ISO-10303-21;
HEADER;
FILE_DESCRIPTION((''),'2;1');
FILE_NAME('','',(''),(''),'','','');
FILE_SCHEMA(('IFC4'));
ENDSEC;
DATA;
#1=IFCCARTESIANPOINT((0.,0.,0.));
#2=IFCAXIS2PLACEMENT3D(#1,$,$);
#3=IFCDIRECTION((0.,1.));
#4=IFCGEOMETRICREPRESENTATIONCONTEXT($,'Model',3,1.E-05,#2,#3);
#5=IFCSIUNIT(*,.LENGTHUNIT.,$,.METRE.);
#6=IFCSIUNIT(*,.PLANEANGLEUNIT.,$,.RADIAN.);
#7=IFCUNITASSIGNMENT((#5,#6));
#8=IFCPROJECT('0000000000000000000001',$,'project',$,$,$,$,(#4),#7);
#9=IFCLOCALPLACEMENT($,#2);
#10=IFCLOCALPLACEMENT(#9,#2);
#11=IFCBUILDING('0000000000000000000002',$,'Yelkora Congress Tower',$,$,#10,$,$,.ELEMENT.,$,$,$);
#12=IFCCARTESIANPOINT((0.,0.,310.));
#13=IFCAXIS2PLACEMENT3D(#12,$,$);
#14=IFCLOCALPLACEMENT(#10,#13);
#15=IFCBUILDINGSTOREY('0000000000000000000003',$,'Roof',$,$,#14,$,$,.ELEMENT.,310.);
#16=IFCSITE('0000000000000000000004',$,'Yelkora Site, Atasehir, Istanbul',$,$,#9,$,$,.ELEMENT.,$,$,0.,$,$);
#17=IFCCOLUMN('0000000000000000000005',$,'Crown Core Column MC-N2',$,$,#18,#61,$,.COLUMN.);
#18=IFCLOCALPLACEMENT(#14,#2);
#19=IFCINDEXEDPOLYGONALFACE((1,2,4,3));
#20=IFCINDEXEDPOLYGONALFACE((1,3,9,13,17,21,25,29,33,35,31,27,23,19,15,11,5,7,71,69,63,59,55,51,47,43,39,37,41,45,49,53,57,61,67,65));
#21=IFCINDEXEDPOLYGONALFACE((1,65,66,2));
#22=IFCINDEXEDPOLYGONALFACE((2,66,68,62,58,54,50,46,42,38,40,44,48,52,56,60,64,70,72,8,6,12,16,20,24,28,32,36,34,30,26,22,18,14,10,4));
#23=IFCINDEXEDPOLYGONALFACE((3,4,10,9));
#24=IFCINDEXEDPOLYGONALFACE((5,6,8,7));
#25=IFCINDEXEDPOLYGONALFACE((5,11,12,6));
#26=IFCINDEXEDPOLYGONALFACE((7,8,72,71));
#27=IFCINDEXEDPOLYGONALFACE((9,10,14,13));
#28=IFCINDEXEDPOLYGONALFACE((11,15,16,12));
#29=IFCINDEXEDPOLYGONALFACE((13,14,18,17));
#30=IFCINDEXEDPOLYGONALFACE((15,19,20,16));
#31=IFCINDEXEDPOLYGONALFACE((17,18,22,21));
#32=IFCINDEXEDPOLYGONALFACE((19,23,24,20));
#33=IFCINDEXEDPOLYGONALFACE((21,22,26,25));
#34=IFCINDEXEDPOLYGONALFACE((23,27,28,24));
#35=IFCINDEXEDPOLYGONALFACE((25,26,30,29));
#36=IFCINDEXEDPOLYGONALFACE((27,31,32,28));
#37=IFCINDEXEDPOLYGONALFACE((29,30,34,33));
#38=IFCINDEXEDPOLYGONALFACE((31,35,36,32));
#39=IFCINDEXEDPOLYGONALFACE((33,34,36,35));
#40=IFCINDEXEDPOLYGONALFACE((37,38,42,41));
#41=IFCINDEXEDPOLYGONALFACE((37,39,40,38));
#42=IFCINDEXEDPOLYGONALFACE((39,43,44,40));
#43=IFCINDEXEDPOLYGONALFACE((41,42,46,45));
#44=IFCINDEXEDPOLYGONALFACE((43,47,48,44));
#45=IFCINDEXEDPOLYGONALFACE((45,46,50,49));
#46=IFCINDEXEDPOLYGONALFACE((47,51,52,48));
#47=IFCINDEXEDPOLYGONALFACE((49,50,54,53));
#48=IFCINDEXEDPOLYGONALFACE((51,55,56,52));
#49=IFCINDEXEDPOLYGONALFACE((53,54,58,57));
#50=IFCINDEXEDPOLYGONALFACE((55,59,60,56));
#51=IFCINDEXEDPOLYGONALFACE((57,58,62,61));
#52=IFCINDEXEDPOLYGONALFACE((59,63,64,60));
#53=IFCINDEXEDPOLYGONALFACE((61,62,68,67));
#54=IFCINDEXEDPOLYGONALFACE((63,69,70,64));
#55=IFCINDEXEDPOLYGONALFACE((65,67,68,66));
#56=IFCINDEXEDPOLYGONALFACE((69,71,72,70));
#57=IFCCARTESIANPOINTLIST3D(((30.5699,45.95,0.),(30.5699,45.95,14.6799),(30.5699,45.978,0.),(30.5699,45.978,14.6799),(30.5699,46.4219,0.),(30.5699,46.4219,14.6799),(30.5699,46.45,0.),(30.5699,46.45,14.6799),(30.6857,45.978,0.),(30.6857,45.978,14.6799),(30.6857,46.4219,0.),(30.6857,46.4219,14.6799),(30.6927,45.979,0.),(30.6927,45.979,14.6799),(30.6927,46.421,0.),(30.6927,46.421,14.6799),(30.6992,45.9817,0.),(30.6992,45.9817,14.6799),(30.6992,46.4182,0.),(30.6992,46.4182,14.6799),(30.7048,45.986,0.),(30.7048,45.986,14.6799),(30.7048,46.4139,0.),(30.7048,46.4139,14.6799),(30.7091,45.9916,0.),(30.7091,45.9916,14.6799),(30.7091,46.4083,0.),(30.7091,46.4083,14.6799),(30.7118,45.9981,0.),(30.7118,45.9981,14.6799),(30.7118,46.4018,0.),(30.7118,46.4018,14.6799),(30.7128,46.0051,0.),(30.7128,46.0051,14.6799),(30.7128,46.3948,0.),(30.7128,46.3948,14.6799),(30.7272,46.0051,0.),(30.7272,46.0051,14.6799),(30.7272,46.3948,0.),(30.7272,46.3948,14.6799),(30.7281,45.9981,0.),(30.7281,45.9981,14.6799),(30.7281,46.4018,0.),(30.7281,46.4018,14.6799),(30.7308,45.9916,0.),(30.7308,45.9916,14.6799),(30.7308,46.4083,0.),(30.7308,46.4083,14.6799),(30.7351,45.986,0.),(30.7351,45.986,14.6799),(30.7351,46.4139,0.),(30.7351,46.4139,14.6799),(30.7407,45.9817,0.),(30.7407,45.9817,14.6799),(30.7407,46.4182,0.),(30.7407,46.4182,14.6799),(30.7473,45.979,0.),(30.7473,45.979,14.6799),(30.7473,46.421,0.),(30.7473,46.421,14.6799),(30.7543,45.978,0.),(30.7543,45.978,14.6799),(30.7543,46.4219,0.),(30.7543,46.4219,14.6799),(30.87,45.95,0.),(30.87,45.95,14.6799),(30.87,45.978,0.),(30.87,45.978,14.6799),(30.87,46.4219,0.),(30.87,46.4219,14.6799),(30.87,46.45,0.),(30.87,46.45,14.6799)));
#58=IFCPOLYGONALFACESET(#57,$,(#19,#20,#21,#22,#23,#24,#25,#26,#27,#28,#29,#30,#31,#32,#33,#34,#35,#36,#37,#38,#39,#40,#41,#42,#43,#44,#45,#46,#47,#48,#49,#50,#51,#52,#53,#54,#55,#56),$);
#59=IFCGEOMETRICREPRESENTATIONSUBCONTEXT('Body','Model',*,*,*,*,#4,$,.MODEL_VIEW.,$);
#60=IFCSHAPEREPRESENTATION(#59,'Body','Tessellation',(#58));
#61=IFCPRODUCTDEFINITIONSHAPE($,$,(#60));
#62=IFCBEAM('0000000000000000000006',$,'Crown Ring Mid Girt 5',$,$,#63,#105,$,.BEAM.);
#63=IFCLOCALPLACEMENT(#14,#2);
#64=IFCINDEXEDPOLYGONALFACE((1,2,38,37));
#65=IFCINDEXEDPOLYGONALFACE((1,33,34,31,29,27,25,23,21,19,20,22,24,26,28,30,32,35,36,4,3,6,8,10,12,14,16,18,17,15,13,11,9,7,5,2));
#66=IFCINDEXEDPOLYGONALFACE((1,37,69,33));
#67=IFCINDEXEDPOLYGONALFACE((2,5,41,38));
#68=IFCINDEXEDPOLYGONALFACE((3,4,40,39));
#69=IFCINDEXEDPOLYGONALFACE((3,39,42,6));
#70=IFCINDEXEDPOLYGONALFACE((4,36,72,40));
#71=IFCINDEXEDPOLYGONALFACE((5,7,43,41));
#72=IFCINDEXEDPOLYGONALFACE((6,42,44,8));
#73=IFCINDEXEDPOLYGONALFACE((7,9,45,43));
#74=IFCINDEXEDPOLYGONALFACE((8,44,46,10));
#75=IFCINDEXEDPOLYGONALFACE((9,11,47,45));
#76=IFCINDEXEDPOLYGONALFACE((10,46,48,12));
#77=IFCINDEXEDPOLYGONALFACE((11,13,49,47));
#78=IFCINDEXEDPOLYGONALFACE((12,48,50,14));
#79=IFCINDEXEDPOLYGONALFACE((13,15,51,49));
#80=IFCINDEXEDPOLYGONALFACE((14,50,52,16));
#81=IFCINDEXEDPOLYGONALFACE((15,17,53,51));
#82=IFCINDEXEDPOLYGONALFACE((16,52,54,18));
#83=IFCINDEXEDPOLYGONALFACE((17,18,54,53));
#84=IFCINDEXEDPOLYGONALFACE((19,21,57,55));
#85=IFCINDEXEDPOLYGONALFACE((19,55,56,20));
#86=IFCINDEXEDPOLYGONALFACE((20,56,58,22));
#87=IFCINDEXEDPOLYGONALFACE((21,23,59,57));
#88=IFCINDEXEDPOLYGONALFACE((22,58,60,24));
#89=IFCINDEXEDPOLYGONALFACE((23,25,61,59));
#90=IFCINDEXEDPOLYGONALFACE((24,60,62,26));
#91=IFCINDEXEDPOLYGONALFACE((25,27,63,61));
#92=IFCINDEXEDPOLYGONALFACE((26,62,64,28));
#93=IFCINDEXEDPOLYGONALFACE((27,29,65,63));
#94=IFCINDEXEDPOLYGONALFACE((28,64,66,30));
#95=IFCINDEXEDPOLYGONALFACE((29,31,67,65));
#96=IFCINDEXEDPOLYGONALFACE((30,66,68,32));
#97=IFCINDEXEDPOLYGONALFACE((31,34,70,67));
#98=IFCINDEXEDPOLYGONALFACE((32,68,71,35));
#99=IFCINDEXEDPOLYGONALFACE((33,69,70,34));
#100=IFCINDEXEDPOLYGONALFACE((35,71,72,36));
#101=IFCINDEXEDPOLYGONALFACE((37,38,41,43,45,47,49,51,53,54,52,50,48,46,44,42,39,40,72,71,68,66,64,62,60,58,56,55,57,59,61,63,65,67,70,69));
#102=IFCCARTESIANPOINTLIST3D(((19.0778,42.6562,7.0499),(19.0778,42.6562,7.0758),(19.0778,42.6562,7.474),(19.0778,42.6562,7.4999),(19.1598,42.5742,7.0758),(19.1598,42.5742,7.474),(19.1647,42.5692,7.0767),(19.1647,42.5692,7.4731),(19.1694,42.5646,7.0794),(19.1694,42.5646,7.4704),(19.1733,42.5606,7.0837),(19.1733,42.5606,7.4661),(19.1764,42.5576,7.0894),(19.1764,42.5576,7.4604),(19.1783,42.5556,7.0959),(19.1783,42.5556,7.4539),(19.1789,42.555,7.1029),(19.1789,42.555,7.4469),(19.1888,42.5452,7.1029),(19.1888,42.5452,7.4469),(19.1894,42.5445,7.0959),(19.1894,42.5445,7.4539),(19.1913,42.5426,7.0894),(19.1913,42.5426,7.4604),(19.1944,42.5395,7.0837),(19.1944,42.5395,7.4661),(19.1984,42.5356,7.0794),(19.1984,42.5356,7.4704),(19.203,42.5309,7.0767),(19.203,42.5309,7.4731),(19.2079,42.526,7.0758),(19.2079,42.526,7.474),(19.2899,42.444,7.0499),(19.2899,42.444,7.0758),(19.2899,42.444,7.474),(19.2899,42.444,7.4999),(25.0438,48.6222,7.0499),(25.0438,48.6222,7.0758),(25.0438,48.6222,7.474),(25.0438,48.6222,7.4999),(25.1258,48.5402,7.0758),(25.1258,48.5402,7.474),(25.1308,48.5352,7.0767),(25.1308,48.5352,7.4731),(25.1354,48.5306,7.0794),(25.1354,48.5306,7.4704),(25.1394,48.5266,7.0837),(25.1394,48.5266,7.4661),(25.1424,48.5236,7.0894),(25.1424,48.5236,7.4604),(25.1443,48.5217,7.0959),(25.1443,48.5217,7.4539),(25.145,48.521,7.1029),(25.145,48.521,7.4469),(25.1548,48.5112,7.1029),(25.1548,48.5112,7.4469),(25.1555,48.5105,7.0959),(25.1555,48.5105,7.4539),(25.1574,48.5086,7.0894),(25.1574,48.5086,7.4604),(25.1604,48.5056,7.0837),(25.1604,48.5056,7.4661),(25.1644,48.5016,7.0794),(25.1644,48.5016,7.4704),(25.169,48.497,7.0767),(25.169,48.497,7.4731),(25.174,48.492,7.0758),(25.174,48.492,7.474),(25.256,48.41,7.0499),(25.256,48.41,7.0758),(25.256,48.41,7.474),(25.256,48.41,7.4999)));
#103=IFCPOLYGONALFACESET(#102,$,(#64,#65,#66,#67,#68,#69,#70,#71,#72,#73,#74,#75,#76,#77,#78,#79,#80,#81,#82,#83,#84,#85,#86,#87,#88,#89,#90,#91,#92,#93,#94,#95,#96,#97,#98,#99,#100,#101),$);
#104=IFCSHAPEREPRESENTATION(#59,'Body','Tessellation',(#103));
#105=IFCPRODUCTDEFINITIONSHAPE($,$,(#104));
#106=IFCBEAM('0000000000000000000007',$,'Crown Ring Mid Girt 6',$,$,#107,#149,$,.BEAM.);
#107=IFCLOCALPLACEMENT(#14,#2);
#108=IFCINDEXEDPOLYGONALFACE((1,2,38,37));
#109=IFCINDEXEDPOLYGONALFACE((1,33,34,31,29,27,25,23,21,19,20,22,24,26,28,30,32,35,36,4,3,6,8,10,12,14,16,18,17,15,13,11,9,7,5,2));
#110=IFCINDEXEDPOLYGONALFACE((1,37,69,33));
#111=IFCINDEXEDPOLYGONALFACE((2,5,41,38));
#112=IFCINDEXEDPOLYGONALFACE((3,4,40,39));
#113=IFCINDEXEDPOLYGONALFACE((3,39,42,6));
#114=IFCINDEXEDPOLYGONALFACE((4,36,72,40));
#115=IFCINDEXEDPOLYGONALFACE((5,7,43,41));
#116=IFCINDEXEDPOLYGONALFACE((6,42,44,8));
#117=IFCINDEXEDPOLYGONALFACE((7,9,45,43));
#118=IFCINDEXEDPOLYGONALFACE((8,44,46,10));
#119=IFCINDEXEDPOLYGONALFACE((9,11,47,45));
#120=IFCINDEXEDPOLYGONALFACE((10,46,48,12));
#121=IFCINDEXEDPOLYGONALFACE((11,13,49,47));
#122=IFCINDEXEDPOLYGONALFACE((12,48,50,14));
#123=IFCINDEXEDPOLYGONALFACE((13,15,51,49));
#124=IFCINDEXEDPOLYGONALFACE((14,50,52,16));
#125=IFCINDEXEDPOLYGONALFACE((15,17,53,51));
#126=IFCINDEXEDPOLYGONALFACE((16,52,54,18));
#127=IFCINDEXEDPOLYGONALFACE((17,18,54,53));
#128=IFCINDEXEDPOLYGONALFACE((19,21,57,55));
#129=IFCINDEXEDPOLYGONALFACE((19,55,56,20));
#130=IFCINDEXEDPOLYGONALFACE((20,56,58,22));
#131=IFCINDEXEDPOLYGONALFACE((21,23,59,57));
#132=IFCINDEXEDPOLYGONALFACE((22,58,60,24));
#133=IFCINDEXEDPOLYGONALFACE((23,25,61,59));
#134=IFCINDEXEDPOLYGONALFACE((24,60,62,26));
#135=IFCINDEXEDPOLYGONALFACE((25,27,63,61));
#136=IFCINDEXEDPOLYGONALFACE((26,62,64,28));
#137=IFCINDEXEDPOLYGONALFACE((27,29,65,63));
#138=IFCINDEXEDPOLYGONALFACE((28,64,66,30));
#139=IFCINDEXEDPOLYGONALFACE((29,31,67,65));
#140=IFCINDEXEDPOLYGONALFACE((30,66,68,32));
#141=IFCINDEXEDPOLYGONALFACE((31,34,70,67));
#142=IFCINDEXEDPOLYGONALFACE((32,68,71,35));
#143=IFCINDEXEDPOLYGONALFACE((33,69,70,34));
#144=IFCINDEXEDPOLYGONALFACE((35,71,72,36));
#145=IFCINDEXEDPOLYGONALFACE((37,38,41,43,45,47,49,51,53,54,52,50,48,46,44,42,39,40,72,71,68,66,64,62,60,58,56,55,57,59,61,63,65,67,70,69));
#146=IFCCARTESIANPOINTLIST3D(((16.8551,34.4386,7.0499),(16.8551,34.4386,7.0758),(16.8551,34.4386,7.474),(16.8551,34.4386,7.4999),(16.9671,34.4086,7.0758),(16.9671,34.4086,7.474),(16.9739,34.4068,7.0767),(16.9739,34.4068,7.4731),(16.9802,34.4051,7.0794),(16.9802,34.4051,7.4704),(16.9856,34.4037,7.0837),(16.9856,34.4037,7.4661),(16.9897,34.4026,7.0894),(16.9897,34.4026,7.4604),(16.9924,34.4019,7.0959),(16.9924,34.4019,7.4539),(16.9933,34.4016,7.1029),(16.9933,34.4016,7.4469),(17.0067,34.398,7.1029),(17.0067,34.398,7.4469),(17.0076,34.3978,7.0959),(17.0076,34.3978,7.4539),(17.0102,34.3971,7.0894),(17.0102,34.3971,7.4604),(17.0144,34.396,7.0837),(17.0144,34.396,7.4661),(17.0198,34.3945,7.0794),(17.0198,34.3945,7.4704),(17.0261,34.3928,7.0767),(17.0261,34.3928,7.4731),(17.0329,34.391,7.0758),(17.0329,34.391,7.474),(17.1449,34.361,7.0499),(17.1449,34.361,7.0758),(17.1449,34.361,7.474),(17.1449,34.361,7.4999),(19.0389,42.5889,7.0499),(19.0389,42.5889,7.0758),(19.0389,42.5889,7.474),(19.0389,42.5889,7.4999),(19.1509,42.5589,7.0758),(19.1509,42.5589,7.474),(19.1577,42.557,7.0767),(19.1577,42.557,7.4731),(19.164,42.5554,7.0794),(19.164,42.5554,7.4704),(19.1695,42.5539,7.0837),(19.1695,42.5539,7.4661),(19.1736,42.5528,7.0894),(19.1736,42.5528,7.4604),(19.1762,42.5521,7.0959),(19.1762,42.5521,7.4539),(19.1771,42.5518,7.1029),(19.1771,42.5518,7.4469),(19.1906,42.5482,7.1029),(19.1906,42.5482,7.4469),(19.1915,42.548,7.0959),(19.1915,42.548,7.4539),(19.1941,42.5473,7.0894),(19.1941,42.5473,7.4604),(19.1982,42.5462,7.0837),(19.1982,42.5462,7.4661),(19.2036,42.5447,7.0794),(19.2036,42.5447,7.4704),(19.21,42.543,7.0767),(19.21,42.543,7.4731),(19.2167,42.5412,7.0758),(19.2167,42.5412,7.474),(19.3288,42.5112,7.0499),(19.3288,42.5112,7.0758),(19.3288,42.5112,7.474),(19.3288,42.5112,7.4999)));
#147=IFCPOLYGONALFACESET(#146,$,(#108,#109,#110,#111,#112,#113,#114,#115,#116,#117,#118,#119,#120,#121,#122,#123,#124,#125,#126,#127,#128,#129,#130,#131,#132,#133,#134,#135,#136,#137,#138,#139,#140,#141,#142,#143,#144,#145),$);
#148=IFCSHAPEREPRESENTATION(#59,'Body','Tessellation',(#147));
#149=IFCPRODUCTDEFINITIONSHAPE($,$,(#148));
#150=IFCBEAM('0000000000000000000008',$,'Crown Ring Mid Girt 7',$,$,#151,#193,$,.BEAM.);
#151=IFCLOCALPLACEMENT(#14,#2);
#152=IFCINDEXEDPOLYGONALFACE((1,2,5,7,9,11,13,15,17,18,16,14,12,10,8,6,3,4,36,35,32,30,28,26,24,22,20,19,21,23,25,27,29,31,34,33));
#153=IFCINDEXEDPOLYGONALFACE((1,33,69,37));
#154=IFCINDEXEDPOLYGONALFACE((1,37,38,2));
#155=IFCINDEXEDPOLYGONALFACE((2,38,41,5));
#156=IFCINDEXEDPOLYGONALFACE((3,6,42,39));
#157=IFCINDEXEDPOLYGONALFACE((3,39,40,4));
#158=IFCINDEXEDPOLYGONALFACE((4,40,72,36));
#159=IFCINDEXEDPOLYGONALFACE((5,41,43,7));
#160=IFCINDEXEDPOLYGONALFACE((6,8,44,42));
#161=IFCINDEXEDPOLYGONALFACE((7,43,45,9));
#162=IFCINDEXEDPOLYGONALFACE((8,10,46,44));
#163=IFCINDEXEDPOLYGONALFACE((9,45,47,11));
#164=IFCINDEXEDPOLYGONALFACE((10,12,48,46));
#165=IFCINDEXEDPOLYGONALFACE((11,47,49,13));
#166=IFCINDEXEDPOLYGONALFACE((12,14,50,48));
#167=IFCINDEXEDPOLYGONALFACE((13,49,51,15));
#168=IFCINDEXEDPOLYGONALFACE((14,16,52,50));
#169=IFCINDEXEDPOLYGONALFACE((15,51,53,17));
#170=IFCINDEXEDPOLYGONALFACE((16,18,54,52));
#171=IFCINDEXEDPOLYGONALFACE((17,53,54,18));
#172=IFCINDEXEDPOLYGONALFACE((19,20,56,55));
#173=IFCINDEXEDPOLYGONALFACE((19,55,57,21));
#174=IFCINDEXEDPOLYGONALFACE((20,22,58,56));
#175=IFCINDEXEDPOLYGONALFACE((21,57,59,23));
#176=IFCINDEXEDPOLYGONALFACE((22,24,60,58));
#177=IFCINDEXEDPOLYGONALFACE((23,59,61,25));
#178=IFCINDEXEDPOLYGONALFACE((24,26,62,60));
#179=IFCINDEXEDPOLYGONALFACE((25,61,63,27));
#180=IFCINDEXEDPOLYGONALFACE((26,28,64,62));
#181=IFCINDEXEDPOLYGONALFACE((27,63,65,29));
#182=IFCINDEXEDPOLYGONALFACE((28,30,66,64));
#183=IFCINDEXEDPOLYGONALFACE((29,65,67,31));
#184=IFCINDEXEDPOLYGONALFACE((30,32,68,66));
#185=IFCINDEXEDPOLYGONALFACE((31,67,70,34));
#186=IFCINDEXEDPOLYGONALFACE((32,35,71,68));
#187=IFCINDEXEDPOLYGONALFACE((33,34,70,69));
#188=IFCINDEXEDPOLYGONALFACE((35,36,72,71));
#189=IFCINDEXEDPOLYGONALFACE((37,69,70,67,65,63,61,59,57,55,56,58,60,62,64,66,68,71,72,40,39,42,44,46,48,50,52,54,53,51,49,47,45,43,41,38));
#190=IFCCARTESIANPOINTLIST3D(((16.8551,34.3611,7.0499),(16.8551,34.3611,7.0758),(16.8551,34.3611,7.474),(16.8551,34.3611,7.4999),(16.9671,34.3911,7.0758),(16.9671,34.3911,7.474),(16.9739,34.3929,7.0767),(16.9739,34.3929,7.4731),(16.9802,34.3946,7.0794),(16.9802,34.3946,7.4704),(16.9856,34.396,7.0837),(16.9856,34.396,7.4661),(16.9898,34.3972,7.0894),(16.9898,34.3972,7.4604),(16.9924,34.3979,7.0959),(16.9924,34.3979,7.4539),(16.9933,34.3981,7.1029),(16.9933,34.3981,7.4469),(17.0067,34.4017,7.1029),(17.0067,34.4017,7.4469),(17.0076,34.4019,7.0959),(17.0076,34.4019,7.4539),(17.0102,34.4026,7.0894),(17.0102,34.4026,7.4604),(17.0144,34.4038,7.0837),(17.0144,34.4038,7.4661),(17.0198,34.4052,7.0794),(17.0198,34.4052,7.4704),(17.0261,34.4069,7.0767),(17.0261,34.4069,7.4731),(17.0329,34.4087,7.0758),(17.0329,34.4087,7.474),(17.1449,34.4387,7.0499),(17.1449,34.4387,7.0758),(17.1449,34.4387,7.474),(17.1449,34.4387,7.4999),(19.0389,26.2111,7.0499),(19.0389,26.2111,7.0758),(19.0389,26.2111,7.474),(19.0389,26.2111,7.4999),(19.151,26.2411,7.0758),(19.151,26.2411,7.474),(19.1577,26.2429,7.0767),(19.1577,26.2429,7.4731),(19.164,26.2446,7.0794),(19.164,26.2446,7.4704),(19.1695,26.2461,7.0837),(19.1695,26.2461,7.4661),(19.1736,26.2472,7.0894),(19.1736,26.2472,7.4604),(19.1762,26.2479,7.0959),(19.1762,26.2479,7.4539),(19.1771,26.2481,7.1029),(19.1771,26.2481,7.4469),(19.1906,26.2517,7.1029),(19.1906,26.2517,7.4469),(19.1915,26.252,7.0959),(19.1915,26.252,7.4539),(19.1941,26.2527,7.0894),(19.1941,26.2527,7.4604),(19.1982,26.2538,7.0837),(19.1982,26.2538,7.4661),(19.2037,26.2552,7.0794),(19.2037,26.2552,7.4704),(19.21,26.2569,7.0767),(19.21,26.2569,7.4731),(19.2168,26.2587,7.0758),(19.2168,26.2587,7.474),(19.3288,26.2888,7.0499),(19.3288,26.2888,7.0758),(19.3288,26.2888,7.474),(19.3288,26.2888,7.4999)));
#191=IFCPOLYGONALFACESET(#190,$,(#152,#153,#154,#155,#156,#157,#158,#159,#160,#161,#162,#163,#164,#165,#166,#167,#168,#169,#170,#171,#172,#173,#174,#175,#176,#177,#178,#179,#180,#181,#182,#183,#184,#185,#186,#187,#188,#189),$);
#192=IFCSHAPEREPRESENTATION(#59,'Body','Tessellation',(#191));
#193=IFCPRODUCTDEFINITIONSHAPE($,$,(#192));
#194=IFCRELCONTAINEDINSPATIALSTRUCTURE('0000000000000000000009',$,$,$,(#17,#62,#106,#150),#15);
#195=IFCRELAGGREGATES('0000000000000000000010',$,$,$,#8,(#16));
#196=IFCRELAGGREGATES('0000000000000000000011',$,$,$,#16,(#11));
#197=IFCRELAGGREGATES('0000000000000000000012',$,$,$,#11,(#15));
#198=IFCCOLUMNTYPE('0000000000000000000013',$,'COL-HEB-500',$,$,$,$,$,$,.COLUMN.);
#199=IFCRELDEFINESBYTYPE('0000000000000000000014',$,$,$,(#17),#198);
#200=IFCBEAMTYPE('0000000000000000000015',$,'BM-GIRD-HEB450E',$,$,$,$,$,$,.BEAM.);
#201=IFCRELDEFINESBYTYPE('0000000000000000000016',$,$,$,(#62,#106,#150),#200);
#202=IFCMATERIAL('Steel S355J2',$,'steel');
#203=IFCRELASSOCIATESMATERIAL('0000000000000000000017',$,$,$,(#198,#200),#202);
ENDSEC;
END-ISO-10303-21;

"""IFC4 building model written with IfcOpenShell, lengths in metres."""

from ifc_helpers import new_model, si_unit, direction, frame, origin, origin_2d, place, context, subcontext, project, spatial, i_section, extrude, material, material_profile, profile_set, type_object, element, save


model = new_model("IFC4")

# Units and contexts
model_context = context("Model", 3, precision=1e-05, world=origin(), true_north=direction((0.0, 1.0)))
body_context = subcontext(model_context, "Body", "Model", "MODEL_VIEW")
ifc_project = project(units=[si_unit("LENGTHUNIT", "METRE"), si_unit("PLANEANGLEUNIT", "RADIAN")], contexts=[model_context])

# Site, building, storey
site_placement = place(None, origin())
site = spatial("IfcSite", under=ifc_project, at=site_placement, Name="Yelkora Site, Atasehir, Istanbul", CompositionType="ELEMENT", RefElevation=0.0)
building_placement = place(site_placement, origin())
building = spatial("IfcBuilding", under=site, at=building_placement, Name="Yelkora Congress Tower", CompositionType="ELEMENT")
storey_placement = place(building_placement, frame((0.0, 0.0, 310.0)))
storey = spatial("IfcBuildingStorey", under=building, at=storey_placement, Name="Roof", CompositionType="ELEMENT", Elevation=310.0)

# Column
ifc_material_1 = material(Name="Steel S355J2", Category="steel")
ifc_material_profile_1 = material_profile(ifc_material_1, i_section(OverallWidth=0.3, OverallDepth=0.5, WebThickness=0.0144, FlangeThickness=0.0281, FilletRadius=0.0271, at=origin_2d()), Name="HEB 500")
ifc_profile_set_1 = profile_set([ifc_material_profile_1], Name="Steel S355J2")
column_type_1 = type_object("IfcColumnType", Name="COL-HEB-500", PredefinedType="COLUMN", material=ifc_profile_set_1)
for number, where, z_axis, x_axis, name in (
    (1, (30.72, 46.2, 0.0), (0.0, 0.0, 1.0), (1.0, 0.0, 0.0), "Crown Core Column MC-N2"),
):
    element("IfcColumn", number, at=place(storey_placement, frame(where, z_axis=z_axis, x_axis=x_axis)), inside=storey, type_object=column_type_1, Name=name, PredefinedType="COLUMN", context=body_context, shape_type="SweptSolid", body=[
        extrude(i_section(OverallWidth=0.3, OverallDepth=0.5, WebThickness=0.0144, FlangeThickness=0.0281, FilletRadius=0.0271, at=origin_2d()), origin(), (0.0, 0.0, 1.0), 14.6799),
    ])

# Beams
ifc_material_profile_2 = material_profile(ifc_material_1, i_section(OverallWidth=0.3, OverallDepth=0.45, WebThickness=0.0139, FlangeThickness=0.0259, FilletRadius=0.0271, at=origin_2d()), Name="HEB 450")
ifc_profile_set_2 = profile_set([ifc_material_profile_2], Name="Steel S355J2")
beam_type_1 = type_object("IfcBeamType", Name="BM-GIRD-HEB450E", PredefinedType="BEAM", material=ifc_profile_set_2)
beam_1_placement = place(storey_placement, frame((25.1499, 48.5161, 7.2749), z_axis=(-0.707107, -0.707107, 0.0), x_axis=(0.707107, -0.707107, 0.0)))
element("IfcBeam", 2, at=beam_1_placement, inside=storey, type_object=beam_type_1, Name="Crown Ring Mid Girt 5", PredefinedType="BEAM", context=body_context, shape_type="SweptSolid", body=[
    extrude(i_section(OverallWidth=0.3, OverallDepth=0.45, WebThickness=0.0139, FlangeThickness=0.0259, FilletRadius=0.0271, at=origin_2d()), origin(), (0.0, 0.0, 1.0), 8.4373),
])
beam_2_placement = place(storey_placement, frame((19.1838, 42.55, 7.2749), z_axis=(-0.25882, -0.965925, 0.0), x_axis=(0.965925, -0.25882, 0.0)))
element("IfcBeam", 3, at=beam_2_placement, inside=storey, type_object=beam_type_1, Name="Crown Ring Mid Girt 6", PredefinedType="BEAM", context=body_context, shape_type="SweptSolid", body=[
    extrude(i_section(OverallWidth=0.3, OverallDepth=0.45, WebThickness=0.0139, FlangeThickness=0.0259, FilletRadius=0.0271, at=origin_2d()), origin(), (0.0, 0.0, 1.0), 8.4377),
])
for number, where, z_axis, x_axis, name in (
    (4, (17.0, 34.3999, 7.2749), (0.258828, -0.965924, 0.0), (0.965924, 0.258828, 0.0), "Crown Ring Mid Girt 7"),
):
    element("IfcBeam", number, at=place(storey_placement, frame(where, z_axis=z_axis, x_axis=x_axis)), inside=storey, type_object=beam_type_1, Name=name, PredefinedType="BEAM", context=body_context, shape_type="SweptSolid", body=[
        extrude(i_section(OverallWidth=0.3, OverallDepth=0.45, WebThickness=0.0139, FlangeThickness=0.0259, FilletRadius=0.0271, at=origin_2d()), origin(), (0.0, 0.0, 1.0), 8.4375),
    ])

save(model, "model.ifc")
